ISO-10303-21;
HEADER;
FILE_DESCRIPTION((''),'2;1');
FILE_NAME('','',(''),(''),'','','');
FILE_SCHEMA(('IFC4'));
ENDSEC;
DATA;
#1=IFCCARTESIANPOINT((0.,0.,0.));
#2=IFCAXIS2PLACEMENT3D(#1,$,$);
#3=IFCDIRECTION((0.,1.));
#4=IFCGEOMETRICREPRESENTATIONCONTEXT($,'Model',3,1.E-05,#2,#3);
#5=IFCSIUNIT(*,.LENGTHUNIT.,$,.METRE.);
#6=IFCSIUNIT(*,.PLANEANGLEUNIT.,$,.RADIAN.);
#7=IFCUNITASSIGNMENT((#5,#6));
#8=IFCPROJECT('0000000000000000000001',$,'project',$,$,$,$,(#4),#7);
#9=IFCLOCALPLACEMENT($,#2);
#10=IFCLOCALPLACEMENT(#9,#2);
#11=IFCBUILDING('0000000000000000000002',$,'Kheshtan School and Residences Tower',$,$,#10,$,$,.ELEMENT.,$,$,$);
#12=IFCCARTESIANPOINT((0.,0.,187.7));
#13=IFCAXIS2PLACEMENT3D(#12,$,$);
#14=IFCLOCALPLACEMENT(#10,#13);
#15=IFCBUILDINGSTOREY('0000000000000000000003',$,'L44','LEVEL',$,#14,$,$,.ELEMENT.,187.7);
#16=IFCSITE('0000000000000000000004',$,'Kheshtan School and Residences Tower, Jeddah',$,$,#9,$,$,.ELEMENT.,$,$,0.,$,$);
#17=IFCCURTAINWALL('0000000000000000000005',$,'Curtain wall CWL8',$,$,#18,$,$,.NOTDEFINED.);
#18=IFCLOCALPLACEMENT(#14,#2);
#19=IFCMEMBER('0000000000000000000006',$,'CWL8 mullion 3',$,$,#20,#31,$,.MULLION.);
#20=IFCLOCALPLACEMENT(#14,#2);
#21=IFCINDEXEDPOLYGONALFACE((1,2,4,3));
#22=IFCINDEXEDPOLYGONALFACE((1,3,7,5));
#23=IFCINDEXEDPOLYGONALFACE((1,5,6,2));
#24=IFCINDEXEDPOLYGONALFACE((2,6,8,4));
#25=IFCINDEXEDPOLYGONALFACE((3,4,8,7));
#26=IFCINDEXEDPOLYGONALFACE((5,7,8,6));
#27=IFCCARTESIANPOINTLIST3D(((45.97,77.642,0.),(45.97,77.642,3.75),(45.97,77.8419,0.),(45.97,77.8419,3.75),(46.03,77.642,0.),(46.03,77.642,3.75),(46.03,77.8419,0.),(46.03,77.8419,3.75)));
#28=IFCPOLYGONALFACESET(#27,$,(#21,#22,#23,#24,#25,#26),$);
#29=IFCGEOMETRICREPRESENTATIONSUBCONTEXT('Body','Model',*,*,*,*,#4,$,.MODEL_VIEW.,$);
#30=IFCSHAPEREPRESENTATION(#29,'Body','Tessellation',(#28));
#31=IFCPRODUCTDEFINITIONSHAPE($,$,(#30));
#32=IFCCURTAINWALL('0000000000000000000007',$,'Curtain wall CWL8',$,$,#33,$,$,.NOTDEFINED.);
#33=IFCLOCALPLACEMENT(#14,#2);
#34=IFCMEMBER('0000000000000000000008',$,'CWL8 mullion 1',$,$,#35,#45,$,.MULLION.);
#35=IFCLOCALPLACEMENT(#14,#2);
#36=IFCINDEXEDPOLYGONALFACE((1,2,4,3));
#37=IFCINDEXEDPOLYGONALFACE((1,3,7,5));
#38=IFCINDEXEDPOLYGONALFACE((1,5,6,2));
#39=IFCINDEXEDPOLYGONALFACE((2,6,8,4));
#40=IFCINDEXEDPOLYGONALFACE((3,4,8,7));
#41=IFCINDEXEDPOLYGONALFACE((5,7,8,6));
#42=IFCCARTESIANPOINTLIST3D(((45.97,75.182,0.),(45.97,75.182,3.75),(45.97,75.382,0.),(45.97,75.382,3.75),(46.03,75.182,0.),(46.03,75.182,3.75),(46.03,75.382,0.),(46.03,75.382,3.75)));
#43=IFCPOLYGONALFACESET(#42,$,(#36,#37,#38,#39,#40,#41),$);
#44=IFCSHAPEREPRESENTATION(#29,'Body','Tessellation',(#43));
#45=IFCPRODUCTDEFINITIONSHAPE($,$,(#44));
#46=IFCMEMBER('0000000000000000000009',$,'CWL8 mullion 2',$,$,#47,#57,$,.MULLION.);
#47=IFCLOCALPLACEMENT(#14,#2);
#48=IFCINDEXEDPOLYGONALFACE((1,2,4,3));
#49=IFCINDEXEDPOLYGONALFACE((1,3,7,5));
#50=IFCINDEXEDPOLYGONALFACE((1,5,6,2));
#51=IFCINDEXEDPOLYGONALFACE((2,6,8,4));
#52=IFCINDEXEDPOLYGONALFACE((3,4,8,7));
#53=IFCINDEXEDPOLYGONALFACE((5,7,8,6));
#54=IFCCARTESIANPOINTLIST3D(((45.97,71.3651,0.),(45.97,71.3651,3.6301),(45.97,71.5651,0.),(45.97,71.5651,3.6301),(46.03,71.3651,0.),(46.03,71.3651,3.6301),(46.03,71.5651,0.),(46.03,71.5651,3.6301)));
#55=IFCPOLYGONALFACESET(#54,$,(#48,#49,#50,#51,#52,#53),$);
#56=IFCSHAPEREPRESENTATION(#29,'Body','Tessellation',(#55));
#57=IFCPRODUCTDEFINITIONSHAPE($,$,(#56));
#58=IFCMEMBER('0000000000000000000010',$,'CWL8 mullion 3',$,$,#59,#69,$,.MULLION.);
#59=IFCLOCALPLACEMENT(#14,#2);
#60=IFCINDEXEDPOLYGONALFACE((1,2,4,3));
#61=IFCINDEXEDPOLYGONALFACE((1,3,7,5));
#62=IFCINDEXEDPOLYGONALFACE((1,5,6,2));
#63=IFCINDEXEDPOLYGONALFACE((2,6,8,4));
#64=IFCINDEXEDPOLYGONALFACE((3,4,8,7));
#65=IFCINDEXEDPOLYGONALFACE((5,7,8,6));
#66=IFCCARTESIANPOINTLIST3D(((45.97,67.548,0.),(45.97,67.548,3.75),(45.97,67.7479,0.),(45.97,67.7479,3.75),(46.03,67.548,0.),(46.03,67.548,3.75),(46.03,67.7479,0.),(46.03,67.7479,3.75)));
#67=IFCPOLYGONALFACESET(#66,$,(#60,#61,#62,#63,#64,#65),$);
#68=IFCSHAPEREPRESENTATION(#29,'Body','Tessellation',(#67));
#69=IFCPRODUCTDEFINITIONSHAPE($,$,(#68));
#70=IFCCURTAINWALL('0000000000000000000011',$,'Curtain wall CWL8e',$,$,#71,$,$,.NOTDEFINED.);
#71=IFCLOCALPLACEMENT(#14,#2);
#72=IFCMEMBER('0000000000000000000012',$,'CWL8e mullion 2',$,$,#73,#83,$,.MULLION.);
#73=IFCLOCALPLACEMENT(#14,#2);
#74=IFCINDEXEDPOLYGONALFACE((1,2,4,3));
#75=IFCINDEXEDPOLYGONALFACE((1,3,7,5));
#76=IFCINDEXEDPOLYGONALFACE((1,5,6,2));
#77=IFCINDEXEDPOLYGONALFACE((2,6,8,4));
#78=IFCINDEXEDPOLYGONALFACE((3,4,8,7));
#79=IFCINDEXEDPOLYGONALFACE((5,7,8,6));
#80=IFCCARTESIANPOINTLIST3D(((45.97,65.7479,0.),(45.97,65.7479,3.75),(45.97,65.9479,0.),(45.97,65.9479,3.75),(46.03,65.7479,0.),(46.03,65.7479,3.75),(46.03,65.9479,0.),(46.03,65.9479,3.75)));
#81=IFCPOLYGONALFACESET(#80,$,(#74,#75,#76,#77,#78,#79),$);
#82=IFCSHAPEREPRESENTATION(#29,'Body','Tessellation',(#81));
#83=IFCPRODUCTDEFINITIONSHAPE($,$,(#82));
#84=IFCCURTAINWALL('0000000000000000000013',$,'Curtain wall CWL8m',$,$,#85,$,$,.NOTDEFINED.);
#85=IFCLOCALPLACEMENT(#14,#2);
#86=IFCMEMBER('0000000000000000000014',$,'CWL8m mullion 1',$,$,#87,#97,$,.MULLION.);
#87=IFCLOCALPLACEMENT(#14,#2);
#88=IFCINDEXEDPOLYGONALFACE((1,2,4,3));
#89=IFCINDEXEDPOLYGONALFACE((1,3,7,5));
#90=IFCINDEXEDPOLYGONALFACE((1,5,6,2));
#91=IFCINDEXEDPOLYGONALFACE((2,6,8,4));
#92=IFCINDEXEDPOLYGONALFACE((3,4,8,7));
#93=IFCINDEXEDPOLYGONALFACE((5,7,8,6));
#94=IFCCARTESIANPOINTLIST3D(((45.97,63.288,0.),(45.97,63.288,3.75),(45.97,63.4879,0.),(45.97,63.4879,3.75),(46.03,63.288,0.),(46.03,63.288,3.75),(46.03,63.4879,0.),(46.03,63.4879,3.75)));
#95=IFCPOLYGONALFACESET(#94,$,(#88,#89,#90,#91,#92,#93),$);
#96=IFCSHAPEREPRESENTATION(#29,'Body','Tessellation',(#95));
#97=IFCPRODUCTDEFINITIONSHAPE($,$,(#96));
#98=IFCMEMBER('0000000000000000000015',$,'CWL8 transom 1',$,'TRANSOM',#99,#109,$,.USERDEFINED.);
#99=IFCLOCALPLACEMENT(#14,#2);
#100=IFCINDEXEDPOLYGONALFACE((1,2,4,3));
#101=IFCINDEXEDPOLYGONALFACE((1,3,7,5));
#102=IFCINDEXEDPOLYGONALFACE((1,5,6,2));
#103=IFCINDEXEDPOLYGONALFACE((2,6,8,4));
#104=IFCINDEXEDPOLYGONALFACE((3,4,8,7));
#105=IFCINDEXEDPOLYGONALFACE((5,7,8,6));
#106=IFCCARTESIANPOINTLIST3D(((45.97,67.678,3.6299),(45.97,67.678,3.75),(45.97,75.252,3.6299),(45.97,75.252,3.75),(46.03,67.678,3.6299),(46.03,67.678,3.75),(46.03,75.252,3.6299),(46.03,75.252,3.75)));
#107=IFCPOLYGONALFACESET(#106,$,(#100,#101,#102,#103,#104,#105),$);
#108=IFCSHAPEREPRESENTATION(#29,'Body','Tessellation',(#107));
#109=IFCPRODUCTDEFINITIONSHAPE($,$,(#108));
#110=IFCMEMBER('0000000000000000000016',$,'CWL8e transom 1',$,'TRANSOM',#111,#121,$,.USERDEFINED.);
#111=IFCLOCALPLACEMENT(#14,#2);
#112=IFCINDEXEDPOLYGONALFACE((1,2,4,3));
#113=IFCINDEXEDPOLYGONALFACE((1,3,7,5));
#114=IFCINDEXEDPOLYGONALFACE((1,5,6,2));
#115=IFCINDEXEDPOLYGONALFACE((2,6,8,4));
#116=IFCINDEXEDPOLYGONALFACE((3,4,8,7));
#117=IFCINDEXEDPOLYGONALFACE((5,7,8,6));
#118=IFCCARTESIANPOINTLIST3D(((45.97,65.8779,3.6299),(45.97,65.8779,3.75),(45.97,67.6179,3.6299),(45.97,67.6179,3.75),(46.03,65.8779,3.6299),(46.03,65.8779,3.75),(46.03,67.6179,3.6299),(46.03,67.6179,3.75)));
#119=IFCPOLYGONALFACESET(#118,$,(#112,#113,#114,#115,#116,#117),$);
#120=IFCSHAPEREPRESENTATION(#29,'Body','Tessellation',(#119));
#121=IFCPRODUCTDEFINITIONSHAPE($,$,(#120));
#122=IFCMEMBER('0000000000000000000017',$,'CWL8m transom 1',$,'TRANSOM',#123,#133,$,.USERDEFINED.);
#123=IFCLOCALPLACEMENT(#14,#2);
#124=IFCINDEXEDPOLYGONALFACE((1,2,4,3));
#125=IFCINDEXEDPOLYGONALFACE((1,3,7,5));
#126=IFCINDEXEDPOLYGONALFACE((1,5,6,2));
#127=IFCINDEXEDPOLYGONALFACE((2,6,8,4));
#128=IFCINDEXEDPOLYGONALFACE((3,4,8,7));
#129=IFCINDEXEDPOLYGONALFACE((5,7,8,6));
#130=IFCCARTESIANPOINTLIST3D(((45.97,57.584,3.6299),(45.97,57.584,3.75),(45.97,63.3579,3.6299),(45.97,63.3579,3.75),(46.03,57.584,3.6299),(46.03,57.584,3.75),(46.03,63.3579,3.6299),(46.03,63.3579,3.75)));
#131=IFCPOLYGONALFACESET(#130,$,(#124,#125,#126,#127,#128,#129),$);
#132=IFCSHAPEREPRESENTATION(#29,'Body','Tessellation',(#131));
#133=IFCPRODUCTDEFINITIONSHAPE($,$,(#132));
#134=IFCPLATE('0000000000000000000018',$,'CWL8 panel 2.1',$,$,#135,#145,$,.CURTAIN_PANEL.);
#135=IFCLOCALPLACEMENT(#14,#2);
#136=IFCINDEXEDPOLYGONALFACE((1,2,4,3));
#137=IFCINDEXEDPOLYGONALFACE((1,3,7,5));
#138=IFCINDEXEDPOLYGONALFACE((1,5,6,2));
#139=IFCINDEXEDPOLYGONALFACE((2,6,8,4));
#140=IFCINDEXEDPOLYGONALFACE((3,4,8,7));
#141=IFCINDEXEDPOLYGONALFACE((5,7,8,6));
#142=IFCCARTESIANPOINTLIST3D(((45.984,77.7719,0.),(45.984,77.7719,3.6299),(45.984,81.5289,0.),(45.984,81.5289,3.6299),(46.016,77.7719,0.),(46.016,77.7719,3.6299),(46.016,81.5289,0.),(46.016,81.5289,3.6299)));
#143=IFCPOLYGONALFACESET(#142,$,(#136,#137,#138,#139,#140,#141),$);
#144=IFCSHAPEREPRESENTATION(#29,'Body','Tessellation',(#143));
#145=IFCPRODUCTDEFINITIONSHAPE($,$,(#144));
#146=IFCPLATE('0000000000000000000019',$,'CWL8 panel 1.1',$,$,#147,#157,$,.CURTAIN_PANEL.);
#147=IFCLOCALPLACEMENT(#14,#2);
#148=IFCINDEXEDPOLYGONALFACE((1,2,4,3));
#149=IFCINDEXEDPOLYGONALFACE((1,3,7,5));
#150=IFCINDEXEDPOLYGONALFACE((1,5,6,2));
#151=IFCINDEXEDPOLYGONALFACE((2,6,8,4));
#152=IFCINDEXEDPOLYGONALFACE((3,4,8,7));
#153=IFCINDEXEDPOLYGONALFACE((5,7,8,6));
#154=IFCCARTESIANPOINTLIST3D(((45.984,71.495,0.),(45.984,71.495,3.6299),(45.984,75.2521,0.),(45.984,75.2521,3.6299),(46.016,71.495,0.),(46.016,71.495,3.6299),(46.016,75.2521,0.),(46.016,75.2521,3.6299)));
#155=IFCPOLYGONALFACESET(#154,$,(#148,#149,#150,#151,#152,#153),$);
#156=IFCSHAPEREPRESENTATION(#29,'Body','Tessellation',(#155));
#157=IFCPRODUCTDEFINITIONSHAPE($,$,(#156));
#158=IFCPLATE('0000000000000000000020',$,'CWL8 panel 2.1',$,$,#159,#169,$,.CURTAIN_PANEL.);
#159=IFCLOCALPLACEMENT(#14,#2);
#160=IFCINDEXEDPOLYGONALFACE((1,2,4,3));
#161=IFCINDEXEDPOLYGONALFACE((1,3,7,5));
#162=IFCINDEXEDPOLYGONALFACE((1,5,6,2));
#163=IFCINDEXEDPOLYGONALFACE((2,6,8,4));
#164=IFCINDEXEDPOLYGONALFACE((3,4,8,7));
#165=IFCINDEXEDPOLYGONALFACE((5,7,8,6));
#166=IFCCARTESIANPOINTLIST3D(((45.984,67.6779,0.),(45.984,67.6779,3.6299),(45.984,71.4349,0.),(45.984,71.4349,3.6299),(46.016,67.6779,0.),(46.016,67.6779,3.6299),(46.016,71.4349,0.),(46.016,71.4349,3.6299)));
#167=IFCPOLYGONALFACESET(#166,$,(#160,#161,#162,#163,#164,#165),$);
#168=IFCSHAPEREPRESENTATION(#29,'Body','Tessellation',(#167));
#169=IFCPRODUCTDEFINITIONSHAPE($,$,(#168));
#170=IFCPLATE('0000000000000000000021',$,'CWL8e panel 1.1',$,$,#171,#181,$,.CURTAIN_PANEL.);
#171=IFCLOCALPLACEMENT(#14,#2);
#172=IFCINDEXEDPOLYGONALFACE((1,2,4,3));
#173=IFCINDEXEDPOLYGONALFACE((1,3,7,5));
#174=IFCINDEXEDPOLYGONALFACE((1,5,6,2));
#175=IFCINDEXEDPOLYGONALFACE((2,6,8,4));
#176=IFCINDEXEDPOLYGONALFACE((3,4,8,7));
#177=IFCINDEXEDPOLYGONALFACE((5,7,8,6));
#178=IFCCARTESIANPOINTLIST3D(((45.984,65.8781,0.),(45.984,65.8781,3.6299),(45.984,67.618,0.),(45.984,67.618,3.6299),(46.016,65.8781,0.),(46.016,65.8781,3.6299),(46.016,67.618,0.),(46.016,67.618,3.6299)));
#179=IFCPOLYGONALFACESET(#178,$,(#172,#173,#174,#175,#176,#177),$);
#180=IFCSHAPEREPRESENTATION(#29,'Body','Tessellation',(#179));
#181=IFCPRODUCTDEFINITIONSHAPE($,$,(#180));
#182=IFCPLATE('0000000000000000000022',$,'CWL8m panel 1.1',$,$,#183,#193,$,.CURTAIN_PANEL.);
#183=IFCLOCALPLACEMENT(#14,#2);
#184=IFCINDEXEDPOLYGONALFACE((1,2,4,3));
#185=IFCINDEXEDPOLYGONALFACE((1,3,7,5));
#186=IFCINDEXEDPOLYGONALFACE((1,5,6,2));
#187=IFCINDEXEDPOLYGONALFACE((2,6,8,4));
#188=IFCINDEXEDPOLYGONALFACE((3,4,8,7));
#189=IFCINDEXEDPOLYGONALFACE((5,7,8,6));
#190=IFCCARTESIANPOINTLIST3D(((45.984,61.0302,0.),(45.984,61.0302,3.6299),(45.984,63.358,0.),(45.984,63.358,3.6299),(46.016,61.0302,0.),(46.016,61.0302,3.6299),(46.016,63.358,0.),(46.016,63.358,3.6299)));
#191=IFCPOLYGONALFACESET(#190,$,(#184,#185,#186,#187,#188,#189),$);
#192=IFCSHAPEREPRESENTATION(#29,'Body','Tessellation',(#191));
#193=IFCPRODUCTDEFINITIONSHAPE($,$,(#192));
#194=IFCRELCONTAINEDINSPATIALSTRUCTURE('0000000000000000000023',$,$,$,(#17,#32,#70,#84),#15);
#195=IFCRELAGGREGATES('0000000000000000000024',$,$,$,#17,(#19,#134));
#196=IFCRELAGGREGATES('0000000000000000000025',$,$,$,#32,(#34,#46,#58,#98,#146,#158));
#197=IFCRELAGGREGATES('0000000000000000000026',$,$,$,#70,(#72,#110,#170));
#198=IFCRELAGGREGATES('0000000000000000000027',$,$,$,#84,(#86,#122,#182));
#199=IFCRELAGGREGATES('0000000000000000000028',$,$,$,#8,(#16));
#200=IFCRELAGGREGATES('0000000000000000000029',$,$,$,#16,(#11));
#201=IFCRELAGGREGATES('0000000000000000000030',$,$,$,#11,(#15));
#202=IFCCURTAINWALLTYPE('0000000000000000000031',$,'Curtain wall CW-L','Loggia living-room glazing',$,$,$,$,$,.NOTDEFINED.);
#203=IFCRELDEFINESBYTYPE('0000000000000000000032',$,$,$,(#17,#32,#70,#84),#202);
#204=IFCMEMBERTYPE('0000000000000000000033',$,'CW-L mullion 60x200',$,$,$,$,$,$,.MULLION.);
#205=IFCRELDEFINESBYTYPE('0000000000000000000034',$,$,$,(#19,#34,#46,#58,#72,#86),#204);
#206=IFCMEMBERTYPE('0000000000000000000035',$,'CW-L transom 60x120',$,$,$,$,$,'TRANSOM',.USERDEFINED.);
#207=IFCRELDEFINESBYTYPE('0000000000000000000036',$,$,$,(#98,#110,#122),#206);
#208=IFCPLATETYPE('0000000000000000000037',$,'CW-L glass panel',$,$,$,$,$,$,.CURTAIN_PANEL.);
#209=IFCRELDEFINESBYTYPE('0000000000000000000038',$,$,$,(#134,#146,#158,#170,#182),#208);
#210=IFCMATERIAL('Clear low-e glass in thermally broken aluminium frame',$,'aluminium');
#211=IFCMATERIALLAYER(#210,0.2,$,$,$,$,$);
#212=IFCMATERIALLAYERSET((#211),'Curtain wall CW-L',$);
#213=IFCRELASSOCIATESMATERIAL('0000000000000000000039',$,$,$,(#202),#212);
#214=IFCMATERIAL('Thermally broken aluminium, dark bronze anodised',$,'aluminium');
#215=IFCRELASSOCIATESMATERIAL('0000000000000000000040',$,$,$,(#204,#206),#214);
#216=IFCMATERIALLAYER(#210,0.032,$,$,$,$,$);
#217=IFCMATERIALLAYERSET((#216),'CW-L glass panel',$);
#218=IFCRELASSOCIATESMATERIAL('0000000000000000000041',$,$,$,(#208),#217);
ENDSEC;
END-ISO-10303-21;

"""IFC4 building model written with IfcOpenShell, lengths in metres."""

from ifc_helpers import new_model, si_unit, direction, frame, origin, origin_2d, place, context, subcontext, project, spatial, rectangle, extrude, material, layer, layer_set, material_profile, profile_set, type_object, element, aggregate, save


model = new_model("IFC4")

# Units and contexts
model_context = context("Model", 3, precision=1e-05, world=origin(), true_north=direction((0.0, 1.0)))
body_context = subcontext(model_context, "Body", "Model", "MODEL_VIEW")
ifc_project = project(units=[si_unit("LENGTHUNIT", "METRE"), si_unit("PLANEANGLEUNIT", "RADIAN")], contexts=[model_context])

# Site, building, storey
site_placement = place(None, origin())
site = spatial("IfcSite", under=ifc_project, at=site_placement, Name="Kheshtan School and Residences Tower, Jeddah", CompositionType="ELEMENT", RefElevation=0.0)
building_placement = place(site_placement, origin())
building = spatial("IfcBuilding", under=site, at=building_placement, Name="Kheshtan School and Residences Tower", CompositionType="ELEMENT")
storey_placement = place(building_placement, frame((0.0, 0.0, 187.7)))
storey = spatial("IfcBuildingStorey", under=building, at=storey_placement, Name="L44", Description="LEVEL", CompositionType="ELEMENT", Elevation=187.7)

# Curtain wall, member
ifc_material_1 = material(Name="Clear low-e glass in thermally broken aluminium frame", Category="aluminium")
ifc_layer_1 = layer(ifc_material_1, 0.2)
ifc_layer_set_1 = layer_set([ifc_layer_1], Name="Curtain wall CW-L")
curtain_wall_type = type_object("IfcCurtainWallType", Name="Curtain wall CW-L", Description="Loggia living-room glazing", PredefinedType="NOTDEFINED", material=ifc_layer_set_1)
curtain_wall_1_placement = place(storey_placement, origin())
curtain_wall_1 = element("IfcCurtainWall", 1, at=curtain_wall_1_placement, inside=storey, type_object=curtain_wall_type, Name="Curtain wall CWL8", PredefinedType="NOTDEFINED")
ifc_material_2 = material(Name="Thermally broken aluminium, dark bronze anodised", Category="aluminium")
ifc_material_profile_1 = material_profile(ifc_material_2, rectangle(XDim=0.0601, YDim=0.2, at=origin_2d()), Name="CW-L mullion 60x200")
ifc_profile_set_1 = profile_set([ifc_material_profile_1], Name="Thermally broken aluminium, dark bronze anodised")
member_type_1 = type_object("IfcMemberType", Name="CW-L mullion 60x200", PredefinedType="MULLION", material=ifc_profile_set_1)
member_1_placement = place(storey_placement, frame((46.0, 77.7419, 0.0), z_axis=(0.0, 0.0, 1.0), x_axis=(1.0, 0.0, 0.0)))
member_1 = element("IfcMember", 2, at=member_1_placement, type_object=member_type_1, Name="CWL8 mullion 3", PredefinedType="MULLION", context=body_context, shape_type="SweptSolid", body=[
    extrude(rectangle(XDim=0.0601, YDim=0.2, at=origin_2d()), origin(), (0.0, 0.0, 1.0), 3.75),
])

# Curtain wall, members
curtain_wall_2_placement = place(storey_placement, origin())
curtain_wall_2 = element("IfcCurtainWall", 3, at=curtain_wall_2_placement, inside=storey, type_object=curtain_wall_type, Name="Curtain wall CWL8", PredefinedType="NOTDEFINED")
member_2_placement = place(storey_placement, frame((46.0, 75.282, 0.0), z_axis=(0.0, 0.0, 1.0), x_axis=(1.0, 0.0, 0.0)))
member_2 = element("IfcMember", 4, at=member_2_placement, type_object=member_type_1, Name="CWL8 mullion 1", PredefinedType="MULLION", context=body_context, shape_type="SweptSolid", body=[
    extrude(rectangle(XDim=0.0601, YDim=0.2, at=origin_2d()), origin(), (0.0, 0.0, 1.0), 3.75),
])
member_3_placement = place(storey_placement, frame((46.0, 71.4651, 0.0), z_axis=(0.0, 0.0, 1.0), x_axis=(1.0, 0.0, 0.0)))
member_3 = element("IfcMember", 5, at=member_3_placement, type_object=member_type_1, Name="CWL8 mullion 2", PredefinedType="MULLION", context=body_context, shape_type="SweptSolid", body=[
    extrude(rectangle(XDim=0.0601, YDim=0.2, at=origin_2d()), origin(), (0.0, 0.0, 1.0), 3.6301),
])
member_4_placement = place(storey_placement, frame((46.0, 67.6479, 0.0), z_axis=(0.0, 0.0, 1.0), x_axis=(1.0, 0.0, 0.0)))
member_4 = element("IfcMember", 6, at=member_4_placement, type_object=member_type_1, Name="CWL8 mullion 3", PredefinedType="MULLION", context=body_context, shape_type="SweptSolid", body=[
    extrude(rectangle(XDim=0.0601, YDim=0.2, at=origin_2d()), origin(), (0.0, 0.0, 1.0), 3.75),
])

# Curtain walls, members
curtain_wall_3_placement = place(storey_placement, origin())
curtain_wall_3 = element("IfcCurtainWall", 7, at=curtain_wall_3_placement, inside=storey, type_object=curtain_wall_type, Name="Curtain wall CWL8e", PredefinedType="NOTDEFINED")
member_5_placement = place(storey_placement, frame((46.0, 65.8479, 0.0), z_axis=(0.0, 0.0, 1.0), x_axis=(1.0, 0.0, 0.0)))
member_5 = element("IfcMember", 8, at=member_5_placement, type_object=member_type_1, Name="CWL8e mullion 2", PredefinedType="MULLION", context=body_context, shape_type="SweptSolid", body=[
    extrude(rectangle(XDim=0.0601, YDim=0.2, at=origin_2d()), origin(), (0.0, 0.0, 1.0), 3.75),
])
curtain_wall_4_placement = place(storey_placement, origin())
curtain_wall_4 = element("IfcCurtainWall", 9, at=curtain_wall_4_placement, inside=storey, type_object=curtain_wall_type, Name="Curtain wall CWL8m", PredefinedType="NOTDEFINED")
member_6_placement = place(storey_placement, frame((46.0, 63.3879, 0.0), z_axis=(0.0, 0.0, 1.0), x_axis=(1.0, 0.0, 0.0)))
member_6 = element("IfcMember", 10, at=member_6_placement, type_object=member_type_1, Name="CWL8m mullion 1", PredefinedType="MULLION", context=body_context, shape_type="SweptSolid", body=[
    extrude(rectangle(XDim=0.0601, YDim=0.2, at=origin_2d()), origin(), (0.0, 0.0, 1.0), 3.75),
])

# Members
ifc_material_profile_2 = material_profile(ifc_material_2, rectangle(XDim=0.0601, YDim=0.1201, at=origin_2d()), Name="CW-L transom 60x120")
ifc_profile_set_2 = profile_set([ifc_material_profile_2], Name="Thermally broken aluminium, dark bronze anodised")
member_type_2 = type_object("IfcMemberType", Name="CW-L transom 60x120", ElementType="TRANSOM", PredefinedType="USERDEFINED", material=ifc_profile_set_2)
member_7_placement = place(storey_placement, frame((46.0, 75.252, 3.6899), z_axis=(0.0, -1.0, 0.0), x_axis=(1.0, 0.0, 0.0)))
member_7 = element("IfcMember", 11, at=member_7_placement, type_object=member_type_2, Name="CWL8 transom 1", ObjectType="TRANSOM", PredefinedType="USERDEFINED", context=body_context, shape_type="SweptSolid", body=[
    extrude(rectangle(XDim=0.0601, YDim=0.1201, at=origin_2d()), origin(), (0.0, 0.0, 1.0), 7.574),
])
member_8_placement = place(storey_placement, frame((46.0, 67.6179, 3.6899), z_axis=(0.0, -1.0, 0.0), x_axis=(1.0, 0.0, 0.0)))
member_8 = element("IfcMember", 12, at=member_8_placement, type_object=member_type_2, Name="CWL8e transom 1", ObjectType="TRANSOM", PredefinedType="USERDEFINED", context=body_context, shape_type="SweptSolid", body=[
    extrude(rectangle(XDim=0.0601, YDim=0.1201, at=origin_2d()), origin(), (0.0, 0.0, 1.0), 1.74),
])
member_9_placement = place(storey_placement, frame((46.0, 63.3579, 3.6899), z_axis=(0.0, -1.0, 0.0), x_axis=(1.0, 0.0, 0.0)))
member_9 = element("IfcMember", 13, at=member_9_placement, type_object=member_type_2, Name="CWL8m transom 1", ObjectType="TRANSOM", PredefinedType="USERDEFINED", context=body_context, shape_type="SweptSolid", body=[
    extrude(rectangle(XDim=0.0601, YDim=0.1201, at=origin_2d()), origin(), (0.0, 0.0, 1.0), 5.7739),
])

# Plates
ifc_layer_2 = layer(ifc_material_1, 0.032)
ifc_layer_set_2 = layer_set([ifc_layer_2], Name="CW-L glass panel")
plate_type = type_object("IfcPlateType", Name="CW-L glass panel", PredefinedType="CURTAIN_PANEL", material=ifc_layer_set_2)
plate_1_placement = place(storey_placement, frame((46.0, 79.6504, 0.0), z_axis=(0.0, 0.0, 1.0), x_axis=(0.0, -1.0, 0.0)))
plate_1 = element("IfcPlate", 14, at=plate_1_placement, type_object=plate_type, Name="CWL8 panel 2.1", PredefinedType="CURTAIN_PANEL", context=body_context, shape_type="SweptSolid", body=[
    extrude(rectangle(XDim=3.7571, YDim=0.032, at=origin_2d()), origin(), (0.0, 0.0, 1.0), 3.6299),
])
aggregate(curtain_wall_1, [member_1, plate_1])
plate_2_placement = place(storey_placement, frame((46.0, 73.3735, 0.0), z_axis=(0.0, 0.0, 1.0), x_axis=(0.0, -1.0, 0.0)))
plate_2 = element("IfcPlate", 15, at=plate_2_placement, type_object=plate_type, Name="CWL8 panel 1.1", PredefinedType="CURTAIN_PANEL", context=body_context, shape_type="SweptSolid", body=[
    extrude(rectangle(XDim=3.7571, YDim=0.032, at=origin_2d()), origin(), (0.0, 0.0, 1.0), 3.6299),
])
plate_3_placement = place(storey_placement, frame((46.0, 69.5564, 0.0), z_axis=(0.0, 0.0, 1.0), x_axis=(0.0, -1.0, 0.0)))
plate_3 = element("IfcPlate", 16, at=plate_3_placement, type_object=plate_type, Name="CWL8 panel 2.1", PredefinedType="CURTAIN_PANEL", context=body_context, shape_type="SweptSolid", body=[
    extrude(rectangle(XDim=3.7571, YDim=0.032, at=origin_2d()), origin(), (0.0, 0.0, 1.0), 3.6299),
])
aggregate(curtain_wall_2, [member_2, member_3, member_4, member_7, plate_2, plate_3])
plate_4_placement = place(storey_placement, frame((46.0, 66.748, 0.0), z_axis=(0.0, 0.0, 1.0), x_axis=(0.0, -1.0, 0.0)))
plate_4 = element("IfcPlate", 17, at=plate_4_placement, type_object=plate_type, Name="CWL8e panel 1.1", PredefinedType="CURTAIN_PANEL", context=body_context, shape_type="SweptSolid", body=[
    extrude(rectangle(XDim=1.74, YDim=0.032, at=origin_2d()), origin(), (0.0, 0.0, 1.0), 3.6299),
])
aggregate(curtain_wall_3, [member_5, member_8, plate_4])
plate_5_placement = place(storey_placement, frame((46.0, 62.1941, 0.0), z_axis=(0.0, 0.0, 1.0), x_axis=(0.0, -1.0, 0.0)))
plate_5 = element("IfcPlate", 18, at=plate_5_placement, type_object=plate_type, Name="CWL8m panel 1.1", PredefinedType="CURTAIN_PANEL", context=body_context, shape_type="SweptSolid", body=[
    extrude(rectangle(XDim=2.3279, YDim=0.032, at=origin_2d()), origin(), (0.0, 0.0, 1.0), 3.6299),
])
aggregate(curtain_wall_4, [member_6, member_9, plate_5])

save(model, "model.ifc")
